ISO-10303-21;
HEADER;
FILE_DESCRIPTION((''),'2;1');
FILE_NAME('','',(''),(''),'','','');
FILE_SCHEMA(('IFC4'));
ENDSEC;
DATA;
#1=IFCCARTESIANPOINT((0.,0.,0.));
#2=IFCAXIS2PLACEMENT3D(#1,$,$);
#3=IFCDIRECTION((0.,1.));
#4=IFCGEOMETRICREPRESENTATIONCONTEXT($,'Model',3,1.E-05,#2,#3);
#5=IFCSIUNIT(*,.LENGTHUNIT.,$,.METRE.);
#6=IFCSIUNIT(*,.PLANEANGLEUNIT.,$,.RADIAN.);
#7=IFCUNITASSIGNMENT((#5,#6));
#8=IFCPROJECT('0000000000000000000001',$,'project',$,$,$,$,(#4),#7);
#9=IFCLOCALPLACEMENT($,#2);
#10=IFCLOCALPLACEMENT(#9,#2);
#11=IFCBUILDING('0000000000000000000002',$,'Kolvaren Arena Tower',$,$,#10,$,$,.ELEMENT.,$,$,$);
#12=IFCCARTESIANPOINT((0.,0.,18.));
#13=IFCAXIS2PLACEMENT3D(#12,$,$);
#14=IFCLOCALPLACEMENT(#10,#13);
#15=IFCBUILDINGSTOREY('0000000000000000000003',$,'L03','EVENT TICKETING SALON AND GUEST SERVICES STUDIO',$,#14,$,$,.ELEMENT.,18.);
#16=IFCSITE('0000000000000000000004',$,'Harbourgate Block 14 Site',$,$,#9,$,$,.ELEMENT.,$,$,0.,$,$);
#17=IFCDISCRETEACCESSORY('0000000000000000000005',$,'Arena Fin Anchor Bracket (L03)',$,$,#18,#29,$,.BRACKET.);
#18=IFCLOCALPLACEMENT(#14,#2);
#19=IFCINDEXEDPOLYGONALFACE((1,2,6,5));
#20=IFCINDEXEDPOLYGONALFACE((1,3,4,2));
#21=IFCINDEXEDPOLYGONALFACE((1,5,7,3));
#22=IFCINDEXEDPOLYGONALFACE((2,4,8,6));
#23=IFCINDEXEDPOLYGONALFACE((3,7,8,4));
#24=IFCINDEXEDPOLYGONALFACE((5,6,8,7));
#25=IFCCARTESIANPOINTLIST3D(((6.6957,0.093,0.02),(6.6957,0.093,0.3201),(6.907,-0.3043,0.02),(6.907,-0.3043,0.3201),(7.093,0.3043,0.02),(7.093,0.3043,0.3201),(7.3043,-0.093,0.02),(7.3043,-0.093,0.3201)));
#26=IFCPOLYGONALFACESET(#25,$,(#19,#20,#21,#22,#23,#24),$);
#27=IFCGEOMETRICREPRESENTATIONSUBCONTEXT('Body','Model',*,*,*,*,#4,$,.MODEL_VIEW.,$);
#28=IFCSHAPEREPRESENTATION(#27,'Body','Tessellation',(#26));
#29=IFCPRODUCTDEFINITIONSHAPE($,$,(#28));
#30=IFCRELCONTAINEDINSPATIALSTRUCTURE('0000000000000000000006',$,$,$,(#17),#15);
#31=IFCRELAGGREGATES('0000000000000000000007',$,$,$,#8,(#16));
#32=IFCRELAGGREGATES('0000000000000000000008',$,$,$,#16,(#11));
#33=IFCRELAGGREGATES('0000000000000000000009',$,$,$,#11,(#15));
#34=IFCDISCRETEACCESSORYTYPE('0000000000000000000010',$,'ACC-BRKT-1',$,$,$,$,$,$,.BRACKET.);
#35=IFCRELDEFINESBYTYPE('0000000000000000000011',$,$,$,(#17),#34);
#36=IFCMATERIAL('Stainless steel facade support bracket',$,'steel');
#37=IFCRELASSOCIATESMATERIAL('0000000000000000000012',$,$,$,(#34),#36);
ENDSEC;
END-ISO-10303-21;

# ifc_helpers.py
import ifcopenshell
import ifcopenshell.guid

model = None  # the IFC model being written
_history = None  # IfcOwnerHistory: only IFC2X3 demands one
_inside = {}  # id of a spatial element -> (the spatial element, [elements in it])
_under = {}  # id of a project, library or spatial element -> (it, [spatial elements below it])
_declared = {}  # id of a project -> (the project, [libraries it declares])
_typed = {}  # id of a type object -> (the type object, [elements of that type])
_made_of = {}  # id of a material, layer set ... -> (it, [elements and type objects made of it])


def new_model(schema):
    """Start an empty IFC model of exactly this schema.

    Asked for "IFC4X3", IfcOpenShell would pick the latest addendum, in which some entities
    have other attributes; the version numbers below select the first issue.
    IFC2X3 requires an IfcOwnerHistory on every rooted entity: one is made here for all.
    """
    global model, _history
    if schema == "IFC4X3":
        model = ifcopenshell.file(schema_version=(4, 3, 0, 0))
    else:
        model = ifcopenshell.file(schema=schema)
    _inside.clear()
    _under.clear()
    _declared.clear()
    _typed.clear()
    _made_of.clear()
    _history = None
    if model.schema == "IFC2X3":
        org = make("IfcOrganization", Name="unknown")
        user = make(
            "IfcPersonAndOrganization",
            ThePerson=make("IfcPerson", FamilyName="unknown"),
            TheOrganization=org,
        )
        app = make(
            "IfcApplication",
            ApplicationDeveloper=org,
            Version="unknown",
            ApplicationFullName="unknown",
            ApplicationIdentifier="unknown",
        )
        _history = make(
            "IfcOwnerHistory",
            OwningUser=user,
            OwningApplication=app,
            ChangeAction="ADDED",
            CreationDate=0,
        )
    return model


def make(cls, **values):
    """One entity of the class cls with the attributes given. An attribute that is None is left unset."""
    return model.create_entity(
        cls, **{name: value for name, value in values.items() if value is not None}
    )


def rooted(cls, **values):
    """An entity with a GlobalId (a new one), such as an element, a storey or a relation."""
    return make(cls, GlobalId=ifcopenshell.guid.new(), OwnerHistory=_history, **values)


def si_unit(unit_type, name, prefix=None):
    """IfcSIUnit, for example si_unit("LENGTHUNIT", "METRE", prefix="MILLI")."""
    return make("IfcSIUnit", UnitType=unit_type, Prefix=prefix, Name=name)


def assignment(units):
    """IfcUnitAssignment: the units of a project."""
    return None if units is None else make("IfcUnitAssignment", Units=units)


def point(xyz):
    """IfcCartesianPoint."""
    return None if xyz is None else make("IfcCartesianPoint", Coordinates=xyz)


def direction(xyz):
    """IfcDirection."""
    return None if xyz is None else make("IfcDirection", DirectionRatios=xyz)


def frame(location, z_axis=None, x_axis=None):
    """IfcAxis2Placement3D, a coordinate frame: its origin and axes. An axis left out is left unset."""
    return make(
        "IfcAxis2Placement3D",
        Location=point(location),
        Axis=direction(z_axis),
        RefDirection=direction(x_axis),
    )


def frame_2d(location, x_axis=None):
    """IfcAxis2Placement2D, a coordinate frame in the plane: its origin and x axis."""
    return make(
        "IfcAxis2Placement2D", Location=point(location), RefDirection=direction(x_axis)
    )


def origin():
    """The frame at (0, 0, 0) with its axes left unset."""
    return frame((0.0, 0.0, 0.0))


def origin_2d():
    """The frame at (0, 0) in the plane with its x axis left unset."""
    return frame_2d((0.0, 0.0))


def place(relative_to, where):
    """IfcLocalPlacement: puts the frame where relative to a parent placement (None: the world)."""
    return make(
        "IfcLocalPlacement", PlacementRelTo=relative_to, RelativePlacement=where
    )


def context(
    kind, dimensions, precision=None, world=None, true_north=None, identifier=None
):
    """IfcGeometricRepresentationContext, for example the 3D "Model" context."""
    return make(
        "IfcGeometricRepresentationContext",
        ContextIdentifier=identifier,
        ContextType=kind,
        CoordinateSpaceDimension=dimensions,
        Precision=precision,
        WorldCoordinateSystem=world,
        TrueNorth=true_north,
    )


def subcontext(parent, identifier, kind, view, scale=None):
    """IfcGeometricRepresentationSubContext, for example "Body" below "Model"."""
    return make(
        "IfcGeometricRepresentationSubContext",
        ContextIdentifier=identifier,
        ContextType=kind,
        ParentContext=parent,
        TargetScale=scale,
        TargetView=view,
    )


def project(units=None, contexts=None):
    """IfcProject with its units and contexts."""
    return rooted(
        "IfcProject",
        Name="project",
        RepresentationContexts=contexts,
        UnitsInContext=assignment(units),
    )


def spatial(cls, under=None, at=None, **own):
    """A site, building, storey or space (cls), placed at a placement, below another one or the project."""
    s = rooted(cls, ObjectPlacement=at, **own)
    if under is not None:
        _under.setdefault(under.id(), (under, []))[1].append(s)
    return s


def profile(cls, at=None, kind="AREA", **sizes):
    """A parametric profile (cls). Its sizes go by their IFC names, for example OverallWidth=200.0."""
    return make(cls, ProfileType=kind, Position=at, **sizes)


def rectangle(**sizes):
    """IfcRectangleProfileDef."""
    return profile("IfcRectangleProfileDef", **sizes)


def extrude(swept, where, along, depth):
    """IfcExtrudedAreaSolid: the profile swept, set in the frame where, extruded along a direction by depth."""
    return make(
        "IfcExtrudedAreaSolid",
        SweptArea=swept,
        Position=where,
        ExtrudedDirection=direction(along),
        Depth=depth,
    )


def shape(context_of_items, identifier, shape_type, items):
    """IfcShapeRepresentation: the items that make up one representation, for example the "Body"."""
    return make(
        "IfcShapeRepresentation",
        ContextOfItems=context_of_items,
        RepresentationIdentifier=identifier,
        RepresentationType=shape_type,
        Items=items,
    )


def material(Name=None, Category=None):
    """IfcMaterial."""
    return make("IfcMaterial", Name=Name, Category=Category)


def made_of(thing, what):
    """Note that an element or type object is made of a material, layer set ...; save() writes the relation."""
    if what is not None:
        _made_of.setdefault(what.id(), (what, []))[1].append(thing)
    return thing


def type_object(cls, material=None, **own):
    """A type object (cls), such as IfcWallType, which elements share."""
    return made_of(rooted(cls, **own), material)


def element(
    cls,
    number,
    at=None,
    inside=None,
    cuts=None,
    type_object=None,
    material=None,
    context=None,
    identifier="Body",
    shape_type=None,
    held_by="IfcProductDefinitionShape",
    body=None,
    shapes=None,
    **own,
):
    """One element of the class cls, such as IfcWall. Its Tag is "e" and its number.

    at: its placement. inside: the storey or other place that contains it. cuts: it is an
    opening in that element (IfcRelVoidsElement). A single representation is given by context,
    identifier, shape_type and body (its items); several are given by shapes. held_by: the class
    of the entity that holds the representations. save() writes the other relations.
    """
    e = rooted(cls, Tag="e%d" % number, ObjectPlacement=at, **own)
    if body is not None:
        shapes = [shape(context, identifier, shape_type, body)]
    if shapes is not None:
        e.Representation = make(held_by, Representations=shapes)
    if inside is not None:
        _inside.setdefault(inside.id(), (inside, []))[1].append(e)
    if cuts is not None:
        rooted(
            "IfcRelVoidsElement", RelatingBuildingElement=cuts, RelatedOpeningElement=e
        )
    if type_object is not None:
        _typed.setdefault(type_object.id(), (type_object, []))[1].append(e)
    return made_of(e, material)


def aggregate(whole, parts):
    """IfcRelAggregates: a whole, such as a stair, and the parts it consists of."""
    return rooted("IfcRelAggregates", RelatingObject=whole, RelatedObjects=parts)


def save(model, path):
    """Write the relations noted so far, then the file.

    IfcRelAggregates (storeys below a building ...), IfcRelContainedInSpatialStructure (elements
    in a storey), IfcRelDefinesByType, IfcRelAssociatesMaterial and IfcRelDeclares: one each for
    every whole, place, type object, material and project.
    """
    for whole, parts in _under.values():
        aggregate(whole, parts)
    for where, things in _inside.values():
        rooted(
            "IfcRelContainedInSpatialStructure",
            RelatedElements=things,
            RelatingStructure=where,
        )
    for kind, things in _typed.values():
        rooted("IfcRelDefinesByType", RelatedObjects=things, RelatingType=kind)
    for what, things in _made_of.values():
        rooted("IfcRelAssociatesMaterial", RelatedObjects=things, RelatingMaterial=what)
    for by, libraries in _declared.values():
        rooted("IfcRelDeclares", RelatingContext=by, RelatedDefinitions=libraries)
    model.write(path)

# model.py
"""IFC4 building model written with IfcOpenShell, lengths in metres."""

from ifc_helpers import new_model, si_unit, direction, frame, origin, origin_2d, place, context, subcontext, project, spatial, rectangle, extrude, material, type_object, element, save


model = new_model("IFC4")

# Units and contexts
model_context = context("Model", 3, precision=1e-05, world=origin(), true_north=direction((0.0, 1.0)))
body_context = subcontext(model_context, "Body", "Model", "MODEL_VIEW")
ifc_project = project(units=[si_unit("LENGTHUNIT", "METRE"), si_unit("PLANEANGLEUNIT", "RADIAN")], contexts=[model_context])

# Site, building, storey
site_placement = place(None, origin())
site = spatial("IfcSite", under=ifc_project, at=site_placement, Name="Harbourgate Block 14 Site", CompositionType="ELEMENT", RefElevation=0.0)
building_placement = place(site_placement, origin())
building = spatial("IfcBuilding", under=site, at=building_placement, Name="Kolvaren Arena Tower", CompositionType="ELEMENT")
storey_placement = place(building_placement, frame((0.0, 0.0, 18.0)))
storey = spatial("IfcBuildingStorey", under=building, at=storey_placement, Name="L03", Description="EVENT TICKETING SALON AND GUEST SERVICES STUDIO", CompositionType="ELEMENT", Elevation=18.0)

# Discrete accessory
ifc_material_1 = material(Name="Stainless steel facade support bracket", Category="steel")
discrete_accessory_type = type_object("IfcDiscreteAccessoryType", Name="ACC-BRKT-1", PredefinedType="BRACKET", material=ifc_material_1)
discrete_accessory_placement = place(storey_placement, frame((7.0, 0.0, 0.02), z_axis=(0.0, 0.0, 1.0), x_axis=(0.469472, -0.882948, 0.0)))
element("IfcDiscreteAccessory", 1, at=discrete_accessory_placement, inside=storey, type_object=discrete_accessory_type, Name="Arena Fin Anchor Bracket (L03)", PredefinedType="BRACKET", context=body_context, shape_type="SweptSolid", body=[
    extrude(rectangle(XDim=0.45, YDim=0.45, at=origin_2d()), origin(), (0.0, 0.0, 1.0), 0.3),
])

save(model, "model.ifc")
